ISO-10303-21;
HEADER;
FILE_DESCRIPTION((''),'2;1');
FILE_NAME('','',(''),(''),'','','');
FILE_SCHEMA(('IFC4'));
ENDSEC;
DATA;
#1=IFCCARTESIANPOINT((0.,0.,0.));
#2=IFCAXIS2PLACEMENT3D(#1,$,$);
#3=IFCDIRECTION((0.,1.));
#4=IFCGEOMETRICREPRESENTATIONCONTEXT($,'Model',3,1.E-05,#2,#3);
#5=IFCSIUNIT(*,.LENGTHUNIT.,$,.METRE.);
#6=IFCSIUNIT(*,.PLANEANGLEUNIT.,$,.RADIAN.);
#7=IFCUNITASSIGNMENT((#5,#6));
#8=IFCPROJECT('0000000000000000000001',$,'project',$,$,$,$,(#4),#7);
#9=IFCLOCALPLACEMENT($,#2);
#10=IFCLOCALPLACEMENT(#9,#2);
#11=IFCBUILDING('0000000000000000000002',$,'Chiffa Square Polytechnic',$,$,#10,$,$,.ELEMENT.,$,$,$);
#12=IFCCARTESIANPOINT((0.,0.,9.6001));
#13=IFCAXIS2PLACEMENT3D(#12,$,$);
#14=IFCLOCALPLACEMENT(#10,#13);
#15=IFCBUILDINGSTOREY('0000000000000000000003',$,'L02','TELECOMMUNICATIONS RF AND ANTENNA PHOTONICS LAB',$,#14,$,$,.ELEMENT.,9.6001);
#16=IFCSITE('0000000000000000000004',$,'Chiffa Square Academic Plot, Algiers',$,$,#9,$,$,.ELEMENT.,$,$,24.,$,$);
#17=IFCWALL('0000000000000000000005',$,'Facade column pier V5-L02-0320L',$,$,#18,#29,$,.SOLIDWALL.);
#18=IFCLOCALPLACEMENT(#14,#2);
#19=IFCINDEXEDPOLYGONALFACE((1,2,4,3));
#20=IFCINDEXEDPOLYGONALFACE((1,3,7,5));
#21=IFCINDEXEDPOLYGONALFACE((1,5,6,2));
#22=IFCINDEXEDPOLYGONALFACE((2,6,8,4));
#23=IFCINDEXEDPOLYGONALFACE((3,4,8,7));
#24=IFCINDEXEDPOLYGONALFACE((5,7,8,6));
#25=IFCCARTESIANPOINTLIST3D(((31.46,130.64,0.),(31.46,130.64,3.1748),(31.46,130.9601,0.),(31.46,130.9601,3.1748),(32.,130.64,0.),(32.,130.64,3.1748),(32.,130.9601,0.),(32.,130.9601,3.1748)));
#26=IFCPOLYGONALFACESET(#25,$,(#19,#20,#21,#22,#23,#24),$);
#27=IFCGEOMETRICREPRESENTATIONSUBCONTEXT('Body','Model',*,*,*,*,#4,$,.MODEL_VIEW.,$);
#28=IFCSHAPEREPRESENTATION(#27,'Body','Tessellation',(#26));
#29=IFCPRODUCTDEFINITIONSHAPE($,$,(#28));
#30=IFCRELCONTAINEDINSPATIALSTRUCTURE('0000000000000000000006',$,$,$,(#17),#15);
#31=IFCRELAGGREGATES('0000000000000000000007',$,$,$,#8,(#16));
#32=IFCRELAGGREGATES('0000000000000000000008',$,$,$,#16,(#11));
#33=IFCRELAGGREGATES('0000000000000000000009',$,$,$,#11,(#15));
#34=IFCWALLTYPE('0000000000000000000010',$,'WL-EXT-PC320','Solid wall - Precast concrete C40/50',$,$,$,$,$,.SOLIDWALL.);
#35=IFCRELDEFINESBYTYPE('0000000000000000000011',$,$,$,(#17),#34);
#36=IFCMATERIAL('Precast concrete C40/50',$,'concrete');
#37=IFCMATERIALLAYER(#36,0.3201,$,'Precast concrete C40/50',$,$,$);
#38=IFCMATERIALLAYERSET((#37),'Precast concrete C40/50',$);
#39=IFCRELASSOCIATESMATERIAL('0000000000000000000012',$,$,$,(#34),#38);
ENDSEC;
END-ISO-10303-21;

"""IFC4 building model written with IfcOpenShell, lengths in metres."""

from ifc_helpers import new_model, si_unit, direction, frame, frame_2d, origin, place, context, subcontext, project, spatial, rectangle, extrude, material, layer, layer_set, type_object, element, save


model = new_model("IFC4")

# Units and contexts
model_context = context("Model", 3, precision=1e-05, world=origin(), true_north=direction((0.0, 1.0)))
body_context = subcontext(model_context, "Body", "Model", "MODEL_VIEW")
ifc_project = project(units=[si_unit("LENGTHUNIT", "METRE"), si_unit("PLANEANGLEUNIT", "RADIAN")], contexts=[model_context])

# Site, building, storey
site_placement = place(None, origin())
site = spatial("IfcSite", under=ifc_project, at=site_placement, Name="Chiffa Square Academic Plot, Algiers", CompositionType="ELEMENT", RefElevation=24.0)
building_placement = place(site_placement, origin())
building = spatial("IfcBuilding", under=site, at=building_placement, Name="Chiffa Square Polytechnic", CompositionType="ELEMENT")
storey_placement = place(building_placement, frame((0.0, 0.0, 9.6001)))
storey = spatial("IfcBuildingStorey", under=building, at=storey_placement, Name="L02", Description="TELECOMMUNICATIONS RF AND ANTENNA PHOTONICS LAB", CompositionType="ELEMENT", Elevation=9.6001)

# Shared definitions
ifc_material_1 = material(Name="Precast concrete C40/50", Category="concrete")

# Wall
ifc_layer_1 = layer(ifc_material_1, 0.3201, Name="Precast concrete C40/50")
ifc_layer_set_1 = layer_set([ifc_layer_1], Name="Precast concrete C40/50")
wall_type_1 = type_object("IfcWallType", Name="WL-EXT-PC320", Description="Solid wall - Precast concrete C40/50", PredefinedType="SOLIDWALL", material=ifc_layer_set_1)
wall_1_placement = place(storey_placement, frame((32.0, 130.8, 0.0), z_axis=(0.0, 0.0, 1.0), x_axis=(-1.0, 0.0, 0.0)))
element("IfcWall", 1, at=wall_1_placement, inside=storey, type_object=wall_type_1, Name="Facade column pier V5-L02-0320L", PredefinedType="SOLIDWALL", context=body_context, shape_type="SweptSolid", body=[
    extrude(rectangle(XDim=0.54, YDim=0.3201, at=frame_2d((0.27, 0.0))), origin(), (0.0, 0.0, 1.0), 3.1748),
])

save(model, "model.ifc")
